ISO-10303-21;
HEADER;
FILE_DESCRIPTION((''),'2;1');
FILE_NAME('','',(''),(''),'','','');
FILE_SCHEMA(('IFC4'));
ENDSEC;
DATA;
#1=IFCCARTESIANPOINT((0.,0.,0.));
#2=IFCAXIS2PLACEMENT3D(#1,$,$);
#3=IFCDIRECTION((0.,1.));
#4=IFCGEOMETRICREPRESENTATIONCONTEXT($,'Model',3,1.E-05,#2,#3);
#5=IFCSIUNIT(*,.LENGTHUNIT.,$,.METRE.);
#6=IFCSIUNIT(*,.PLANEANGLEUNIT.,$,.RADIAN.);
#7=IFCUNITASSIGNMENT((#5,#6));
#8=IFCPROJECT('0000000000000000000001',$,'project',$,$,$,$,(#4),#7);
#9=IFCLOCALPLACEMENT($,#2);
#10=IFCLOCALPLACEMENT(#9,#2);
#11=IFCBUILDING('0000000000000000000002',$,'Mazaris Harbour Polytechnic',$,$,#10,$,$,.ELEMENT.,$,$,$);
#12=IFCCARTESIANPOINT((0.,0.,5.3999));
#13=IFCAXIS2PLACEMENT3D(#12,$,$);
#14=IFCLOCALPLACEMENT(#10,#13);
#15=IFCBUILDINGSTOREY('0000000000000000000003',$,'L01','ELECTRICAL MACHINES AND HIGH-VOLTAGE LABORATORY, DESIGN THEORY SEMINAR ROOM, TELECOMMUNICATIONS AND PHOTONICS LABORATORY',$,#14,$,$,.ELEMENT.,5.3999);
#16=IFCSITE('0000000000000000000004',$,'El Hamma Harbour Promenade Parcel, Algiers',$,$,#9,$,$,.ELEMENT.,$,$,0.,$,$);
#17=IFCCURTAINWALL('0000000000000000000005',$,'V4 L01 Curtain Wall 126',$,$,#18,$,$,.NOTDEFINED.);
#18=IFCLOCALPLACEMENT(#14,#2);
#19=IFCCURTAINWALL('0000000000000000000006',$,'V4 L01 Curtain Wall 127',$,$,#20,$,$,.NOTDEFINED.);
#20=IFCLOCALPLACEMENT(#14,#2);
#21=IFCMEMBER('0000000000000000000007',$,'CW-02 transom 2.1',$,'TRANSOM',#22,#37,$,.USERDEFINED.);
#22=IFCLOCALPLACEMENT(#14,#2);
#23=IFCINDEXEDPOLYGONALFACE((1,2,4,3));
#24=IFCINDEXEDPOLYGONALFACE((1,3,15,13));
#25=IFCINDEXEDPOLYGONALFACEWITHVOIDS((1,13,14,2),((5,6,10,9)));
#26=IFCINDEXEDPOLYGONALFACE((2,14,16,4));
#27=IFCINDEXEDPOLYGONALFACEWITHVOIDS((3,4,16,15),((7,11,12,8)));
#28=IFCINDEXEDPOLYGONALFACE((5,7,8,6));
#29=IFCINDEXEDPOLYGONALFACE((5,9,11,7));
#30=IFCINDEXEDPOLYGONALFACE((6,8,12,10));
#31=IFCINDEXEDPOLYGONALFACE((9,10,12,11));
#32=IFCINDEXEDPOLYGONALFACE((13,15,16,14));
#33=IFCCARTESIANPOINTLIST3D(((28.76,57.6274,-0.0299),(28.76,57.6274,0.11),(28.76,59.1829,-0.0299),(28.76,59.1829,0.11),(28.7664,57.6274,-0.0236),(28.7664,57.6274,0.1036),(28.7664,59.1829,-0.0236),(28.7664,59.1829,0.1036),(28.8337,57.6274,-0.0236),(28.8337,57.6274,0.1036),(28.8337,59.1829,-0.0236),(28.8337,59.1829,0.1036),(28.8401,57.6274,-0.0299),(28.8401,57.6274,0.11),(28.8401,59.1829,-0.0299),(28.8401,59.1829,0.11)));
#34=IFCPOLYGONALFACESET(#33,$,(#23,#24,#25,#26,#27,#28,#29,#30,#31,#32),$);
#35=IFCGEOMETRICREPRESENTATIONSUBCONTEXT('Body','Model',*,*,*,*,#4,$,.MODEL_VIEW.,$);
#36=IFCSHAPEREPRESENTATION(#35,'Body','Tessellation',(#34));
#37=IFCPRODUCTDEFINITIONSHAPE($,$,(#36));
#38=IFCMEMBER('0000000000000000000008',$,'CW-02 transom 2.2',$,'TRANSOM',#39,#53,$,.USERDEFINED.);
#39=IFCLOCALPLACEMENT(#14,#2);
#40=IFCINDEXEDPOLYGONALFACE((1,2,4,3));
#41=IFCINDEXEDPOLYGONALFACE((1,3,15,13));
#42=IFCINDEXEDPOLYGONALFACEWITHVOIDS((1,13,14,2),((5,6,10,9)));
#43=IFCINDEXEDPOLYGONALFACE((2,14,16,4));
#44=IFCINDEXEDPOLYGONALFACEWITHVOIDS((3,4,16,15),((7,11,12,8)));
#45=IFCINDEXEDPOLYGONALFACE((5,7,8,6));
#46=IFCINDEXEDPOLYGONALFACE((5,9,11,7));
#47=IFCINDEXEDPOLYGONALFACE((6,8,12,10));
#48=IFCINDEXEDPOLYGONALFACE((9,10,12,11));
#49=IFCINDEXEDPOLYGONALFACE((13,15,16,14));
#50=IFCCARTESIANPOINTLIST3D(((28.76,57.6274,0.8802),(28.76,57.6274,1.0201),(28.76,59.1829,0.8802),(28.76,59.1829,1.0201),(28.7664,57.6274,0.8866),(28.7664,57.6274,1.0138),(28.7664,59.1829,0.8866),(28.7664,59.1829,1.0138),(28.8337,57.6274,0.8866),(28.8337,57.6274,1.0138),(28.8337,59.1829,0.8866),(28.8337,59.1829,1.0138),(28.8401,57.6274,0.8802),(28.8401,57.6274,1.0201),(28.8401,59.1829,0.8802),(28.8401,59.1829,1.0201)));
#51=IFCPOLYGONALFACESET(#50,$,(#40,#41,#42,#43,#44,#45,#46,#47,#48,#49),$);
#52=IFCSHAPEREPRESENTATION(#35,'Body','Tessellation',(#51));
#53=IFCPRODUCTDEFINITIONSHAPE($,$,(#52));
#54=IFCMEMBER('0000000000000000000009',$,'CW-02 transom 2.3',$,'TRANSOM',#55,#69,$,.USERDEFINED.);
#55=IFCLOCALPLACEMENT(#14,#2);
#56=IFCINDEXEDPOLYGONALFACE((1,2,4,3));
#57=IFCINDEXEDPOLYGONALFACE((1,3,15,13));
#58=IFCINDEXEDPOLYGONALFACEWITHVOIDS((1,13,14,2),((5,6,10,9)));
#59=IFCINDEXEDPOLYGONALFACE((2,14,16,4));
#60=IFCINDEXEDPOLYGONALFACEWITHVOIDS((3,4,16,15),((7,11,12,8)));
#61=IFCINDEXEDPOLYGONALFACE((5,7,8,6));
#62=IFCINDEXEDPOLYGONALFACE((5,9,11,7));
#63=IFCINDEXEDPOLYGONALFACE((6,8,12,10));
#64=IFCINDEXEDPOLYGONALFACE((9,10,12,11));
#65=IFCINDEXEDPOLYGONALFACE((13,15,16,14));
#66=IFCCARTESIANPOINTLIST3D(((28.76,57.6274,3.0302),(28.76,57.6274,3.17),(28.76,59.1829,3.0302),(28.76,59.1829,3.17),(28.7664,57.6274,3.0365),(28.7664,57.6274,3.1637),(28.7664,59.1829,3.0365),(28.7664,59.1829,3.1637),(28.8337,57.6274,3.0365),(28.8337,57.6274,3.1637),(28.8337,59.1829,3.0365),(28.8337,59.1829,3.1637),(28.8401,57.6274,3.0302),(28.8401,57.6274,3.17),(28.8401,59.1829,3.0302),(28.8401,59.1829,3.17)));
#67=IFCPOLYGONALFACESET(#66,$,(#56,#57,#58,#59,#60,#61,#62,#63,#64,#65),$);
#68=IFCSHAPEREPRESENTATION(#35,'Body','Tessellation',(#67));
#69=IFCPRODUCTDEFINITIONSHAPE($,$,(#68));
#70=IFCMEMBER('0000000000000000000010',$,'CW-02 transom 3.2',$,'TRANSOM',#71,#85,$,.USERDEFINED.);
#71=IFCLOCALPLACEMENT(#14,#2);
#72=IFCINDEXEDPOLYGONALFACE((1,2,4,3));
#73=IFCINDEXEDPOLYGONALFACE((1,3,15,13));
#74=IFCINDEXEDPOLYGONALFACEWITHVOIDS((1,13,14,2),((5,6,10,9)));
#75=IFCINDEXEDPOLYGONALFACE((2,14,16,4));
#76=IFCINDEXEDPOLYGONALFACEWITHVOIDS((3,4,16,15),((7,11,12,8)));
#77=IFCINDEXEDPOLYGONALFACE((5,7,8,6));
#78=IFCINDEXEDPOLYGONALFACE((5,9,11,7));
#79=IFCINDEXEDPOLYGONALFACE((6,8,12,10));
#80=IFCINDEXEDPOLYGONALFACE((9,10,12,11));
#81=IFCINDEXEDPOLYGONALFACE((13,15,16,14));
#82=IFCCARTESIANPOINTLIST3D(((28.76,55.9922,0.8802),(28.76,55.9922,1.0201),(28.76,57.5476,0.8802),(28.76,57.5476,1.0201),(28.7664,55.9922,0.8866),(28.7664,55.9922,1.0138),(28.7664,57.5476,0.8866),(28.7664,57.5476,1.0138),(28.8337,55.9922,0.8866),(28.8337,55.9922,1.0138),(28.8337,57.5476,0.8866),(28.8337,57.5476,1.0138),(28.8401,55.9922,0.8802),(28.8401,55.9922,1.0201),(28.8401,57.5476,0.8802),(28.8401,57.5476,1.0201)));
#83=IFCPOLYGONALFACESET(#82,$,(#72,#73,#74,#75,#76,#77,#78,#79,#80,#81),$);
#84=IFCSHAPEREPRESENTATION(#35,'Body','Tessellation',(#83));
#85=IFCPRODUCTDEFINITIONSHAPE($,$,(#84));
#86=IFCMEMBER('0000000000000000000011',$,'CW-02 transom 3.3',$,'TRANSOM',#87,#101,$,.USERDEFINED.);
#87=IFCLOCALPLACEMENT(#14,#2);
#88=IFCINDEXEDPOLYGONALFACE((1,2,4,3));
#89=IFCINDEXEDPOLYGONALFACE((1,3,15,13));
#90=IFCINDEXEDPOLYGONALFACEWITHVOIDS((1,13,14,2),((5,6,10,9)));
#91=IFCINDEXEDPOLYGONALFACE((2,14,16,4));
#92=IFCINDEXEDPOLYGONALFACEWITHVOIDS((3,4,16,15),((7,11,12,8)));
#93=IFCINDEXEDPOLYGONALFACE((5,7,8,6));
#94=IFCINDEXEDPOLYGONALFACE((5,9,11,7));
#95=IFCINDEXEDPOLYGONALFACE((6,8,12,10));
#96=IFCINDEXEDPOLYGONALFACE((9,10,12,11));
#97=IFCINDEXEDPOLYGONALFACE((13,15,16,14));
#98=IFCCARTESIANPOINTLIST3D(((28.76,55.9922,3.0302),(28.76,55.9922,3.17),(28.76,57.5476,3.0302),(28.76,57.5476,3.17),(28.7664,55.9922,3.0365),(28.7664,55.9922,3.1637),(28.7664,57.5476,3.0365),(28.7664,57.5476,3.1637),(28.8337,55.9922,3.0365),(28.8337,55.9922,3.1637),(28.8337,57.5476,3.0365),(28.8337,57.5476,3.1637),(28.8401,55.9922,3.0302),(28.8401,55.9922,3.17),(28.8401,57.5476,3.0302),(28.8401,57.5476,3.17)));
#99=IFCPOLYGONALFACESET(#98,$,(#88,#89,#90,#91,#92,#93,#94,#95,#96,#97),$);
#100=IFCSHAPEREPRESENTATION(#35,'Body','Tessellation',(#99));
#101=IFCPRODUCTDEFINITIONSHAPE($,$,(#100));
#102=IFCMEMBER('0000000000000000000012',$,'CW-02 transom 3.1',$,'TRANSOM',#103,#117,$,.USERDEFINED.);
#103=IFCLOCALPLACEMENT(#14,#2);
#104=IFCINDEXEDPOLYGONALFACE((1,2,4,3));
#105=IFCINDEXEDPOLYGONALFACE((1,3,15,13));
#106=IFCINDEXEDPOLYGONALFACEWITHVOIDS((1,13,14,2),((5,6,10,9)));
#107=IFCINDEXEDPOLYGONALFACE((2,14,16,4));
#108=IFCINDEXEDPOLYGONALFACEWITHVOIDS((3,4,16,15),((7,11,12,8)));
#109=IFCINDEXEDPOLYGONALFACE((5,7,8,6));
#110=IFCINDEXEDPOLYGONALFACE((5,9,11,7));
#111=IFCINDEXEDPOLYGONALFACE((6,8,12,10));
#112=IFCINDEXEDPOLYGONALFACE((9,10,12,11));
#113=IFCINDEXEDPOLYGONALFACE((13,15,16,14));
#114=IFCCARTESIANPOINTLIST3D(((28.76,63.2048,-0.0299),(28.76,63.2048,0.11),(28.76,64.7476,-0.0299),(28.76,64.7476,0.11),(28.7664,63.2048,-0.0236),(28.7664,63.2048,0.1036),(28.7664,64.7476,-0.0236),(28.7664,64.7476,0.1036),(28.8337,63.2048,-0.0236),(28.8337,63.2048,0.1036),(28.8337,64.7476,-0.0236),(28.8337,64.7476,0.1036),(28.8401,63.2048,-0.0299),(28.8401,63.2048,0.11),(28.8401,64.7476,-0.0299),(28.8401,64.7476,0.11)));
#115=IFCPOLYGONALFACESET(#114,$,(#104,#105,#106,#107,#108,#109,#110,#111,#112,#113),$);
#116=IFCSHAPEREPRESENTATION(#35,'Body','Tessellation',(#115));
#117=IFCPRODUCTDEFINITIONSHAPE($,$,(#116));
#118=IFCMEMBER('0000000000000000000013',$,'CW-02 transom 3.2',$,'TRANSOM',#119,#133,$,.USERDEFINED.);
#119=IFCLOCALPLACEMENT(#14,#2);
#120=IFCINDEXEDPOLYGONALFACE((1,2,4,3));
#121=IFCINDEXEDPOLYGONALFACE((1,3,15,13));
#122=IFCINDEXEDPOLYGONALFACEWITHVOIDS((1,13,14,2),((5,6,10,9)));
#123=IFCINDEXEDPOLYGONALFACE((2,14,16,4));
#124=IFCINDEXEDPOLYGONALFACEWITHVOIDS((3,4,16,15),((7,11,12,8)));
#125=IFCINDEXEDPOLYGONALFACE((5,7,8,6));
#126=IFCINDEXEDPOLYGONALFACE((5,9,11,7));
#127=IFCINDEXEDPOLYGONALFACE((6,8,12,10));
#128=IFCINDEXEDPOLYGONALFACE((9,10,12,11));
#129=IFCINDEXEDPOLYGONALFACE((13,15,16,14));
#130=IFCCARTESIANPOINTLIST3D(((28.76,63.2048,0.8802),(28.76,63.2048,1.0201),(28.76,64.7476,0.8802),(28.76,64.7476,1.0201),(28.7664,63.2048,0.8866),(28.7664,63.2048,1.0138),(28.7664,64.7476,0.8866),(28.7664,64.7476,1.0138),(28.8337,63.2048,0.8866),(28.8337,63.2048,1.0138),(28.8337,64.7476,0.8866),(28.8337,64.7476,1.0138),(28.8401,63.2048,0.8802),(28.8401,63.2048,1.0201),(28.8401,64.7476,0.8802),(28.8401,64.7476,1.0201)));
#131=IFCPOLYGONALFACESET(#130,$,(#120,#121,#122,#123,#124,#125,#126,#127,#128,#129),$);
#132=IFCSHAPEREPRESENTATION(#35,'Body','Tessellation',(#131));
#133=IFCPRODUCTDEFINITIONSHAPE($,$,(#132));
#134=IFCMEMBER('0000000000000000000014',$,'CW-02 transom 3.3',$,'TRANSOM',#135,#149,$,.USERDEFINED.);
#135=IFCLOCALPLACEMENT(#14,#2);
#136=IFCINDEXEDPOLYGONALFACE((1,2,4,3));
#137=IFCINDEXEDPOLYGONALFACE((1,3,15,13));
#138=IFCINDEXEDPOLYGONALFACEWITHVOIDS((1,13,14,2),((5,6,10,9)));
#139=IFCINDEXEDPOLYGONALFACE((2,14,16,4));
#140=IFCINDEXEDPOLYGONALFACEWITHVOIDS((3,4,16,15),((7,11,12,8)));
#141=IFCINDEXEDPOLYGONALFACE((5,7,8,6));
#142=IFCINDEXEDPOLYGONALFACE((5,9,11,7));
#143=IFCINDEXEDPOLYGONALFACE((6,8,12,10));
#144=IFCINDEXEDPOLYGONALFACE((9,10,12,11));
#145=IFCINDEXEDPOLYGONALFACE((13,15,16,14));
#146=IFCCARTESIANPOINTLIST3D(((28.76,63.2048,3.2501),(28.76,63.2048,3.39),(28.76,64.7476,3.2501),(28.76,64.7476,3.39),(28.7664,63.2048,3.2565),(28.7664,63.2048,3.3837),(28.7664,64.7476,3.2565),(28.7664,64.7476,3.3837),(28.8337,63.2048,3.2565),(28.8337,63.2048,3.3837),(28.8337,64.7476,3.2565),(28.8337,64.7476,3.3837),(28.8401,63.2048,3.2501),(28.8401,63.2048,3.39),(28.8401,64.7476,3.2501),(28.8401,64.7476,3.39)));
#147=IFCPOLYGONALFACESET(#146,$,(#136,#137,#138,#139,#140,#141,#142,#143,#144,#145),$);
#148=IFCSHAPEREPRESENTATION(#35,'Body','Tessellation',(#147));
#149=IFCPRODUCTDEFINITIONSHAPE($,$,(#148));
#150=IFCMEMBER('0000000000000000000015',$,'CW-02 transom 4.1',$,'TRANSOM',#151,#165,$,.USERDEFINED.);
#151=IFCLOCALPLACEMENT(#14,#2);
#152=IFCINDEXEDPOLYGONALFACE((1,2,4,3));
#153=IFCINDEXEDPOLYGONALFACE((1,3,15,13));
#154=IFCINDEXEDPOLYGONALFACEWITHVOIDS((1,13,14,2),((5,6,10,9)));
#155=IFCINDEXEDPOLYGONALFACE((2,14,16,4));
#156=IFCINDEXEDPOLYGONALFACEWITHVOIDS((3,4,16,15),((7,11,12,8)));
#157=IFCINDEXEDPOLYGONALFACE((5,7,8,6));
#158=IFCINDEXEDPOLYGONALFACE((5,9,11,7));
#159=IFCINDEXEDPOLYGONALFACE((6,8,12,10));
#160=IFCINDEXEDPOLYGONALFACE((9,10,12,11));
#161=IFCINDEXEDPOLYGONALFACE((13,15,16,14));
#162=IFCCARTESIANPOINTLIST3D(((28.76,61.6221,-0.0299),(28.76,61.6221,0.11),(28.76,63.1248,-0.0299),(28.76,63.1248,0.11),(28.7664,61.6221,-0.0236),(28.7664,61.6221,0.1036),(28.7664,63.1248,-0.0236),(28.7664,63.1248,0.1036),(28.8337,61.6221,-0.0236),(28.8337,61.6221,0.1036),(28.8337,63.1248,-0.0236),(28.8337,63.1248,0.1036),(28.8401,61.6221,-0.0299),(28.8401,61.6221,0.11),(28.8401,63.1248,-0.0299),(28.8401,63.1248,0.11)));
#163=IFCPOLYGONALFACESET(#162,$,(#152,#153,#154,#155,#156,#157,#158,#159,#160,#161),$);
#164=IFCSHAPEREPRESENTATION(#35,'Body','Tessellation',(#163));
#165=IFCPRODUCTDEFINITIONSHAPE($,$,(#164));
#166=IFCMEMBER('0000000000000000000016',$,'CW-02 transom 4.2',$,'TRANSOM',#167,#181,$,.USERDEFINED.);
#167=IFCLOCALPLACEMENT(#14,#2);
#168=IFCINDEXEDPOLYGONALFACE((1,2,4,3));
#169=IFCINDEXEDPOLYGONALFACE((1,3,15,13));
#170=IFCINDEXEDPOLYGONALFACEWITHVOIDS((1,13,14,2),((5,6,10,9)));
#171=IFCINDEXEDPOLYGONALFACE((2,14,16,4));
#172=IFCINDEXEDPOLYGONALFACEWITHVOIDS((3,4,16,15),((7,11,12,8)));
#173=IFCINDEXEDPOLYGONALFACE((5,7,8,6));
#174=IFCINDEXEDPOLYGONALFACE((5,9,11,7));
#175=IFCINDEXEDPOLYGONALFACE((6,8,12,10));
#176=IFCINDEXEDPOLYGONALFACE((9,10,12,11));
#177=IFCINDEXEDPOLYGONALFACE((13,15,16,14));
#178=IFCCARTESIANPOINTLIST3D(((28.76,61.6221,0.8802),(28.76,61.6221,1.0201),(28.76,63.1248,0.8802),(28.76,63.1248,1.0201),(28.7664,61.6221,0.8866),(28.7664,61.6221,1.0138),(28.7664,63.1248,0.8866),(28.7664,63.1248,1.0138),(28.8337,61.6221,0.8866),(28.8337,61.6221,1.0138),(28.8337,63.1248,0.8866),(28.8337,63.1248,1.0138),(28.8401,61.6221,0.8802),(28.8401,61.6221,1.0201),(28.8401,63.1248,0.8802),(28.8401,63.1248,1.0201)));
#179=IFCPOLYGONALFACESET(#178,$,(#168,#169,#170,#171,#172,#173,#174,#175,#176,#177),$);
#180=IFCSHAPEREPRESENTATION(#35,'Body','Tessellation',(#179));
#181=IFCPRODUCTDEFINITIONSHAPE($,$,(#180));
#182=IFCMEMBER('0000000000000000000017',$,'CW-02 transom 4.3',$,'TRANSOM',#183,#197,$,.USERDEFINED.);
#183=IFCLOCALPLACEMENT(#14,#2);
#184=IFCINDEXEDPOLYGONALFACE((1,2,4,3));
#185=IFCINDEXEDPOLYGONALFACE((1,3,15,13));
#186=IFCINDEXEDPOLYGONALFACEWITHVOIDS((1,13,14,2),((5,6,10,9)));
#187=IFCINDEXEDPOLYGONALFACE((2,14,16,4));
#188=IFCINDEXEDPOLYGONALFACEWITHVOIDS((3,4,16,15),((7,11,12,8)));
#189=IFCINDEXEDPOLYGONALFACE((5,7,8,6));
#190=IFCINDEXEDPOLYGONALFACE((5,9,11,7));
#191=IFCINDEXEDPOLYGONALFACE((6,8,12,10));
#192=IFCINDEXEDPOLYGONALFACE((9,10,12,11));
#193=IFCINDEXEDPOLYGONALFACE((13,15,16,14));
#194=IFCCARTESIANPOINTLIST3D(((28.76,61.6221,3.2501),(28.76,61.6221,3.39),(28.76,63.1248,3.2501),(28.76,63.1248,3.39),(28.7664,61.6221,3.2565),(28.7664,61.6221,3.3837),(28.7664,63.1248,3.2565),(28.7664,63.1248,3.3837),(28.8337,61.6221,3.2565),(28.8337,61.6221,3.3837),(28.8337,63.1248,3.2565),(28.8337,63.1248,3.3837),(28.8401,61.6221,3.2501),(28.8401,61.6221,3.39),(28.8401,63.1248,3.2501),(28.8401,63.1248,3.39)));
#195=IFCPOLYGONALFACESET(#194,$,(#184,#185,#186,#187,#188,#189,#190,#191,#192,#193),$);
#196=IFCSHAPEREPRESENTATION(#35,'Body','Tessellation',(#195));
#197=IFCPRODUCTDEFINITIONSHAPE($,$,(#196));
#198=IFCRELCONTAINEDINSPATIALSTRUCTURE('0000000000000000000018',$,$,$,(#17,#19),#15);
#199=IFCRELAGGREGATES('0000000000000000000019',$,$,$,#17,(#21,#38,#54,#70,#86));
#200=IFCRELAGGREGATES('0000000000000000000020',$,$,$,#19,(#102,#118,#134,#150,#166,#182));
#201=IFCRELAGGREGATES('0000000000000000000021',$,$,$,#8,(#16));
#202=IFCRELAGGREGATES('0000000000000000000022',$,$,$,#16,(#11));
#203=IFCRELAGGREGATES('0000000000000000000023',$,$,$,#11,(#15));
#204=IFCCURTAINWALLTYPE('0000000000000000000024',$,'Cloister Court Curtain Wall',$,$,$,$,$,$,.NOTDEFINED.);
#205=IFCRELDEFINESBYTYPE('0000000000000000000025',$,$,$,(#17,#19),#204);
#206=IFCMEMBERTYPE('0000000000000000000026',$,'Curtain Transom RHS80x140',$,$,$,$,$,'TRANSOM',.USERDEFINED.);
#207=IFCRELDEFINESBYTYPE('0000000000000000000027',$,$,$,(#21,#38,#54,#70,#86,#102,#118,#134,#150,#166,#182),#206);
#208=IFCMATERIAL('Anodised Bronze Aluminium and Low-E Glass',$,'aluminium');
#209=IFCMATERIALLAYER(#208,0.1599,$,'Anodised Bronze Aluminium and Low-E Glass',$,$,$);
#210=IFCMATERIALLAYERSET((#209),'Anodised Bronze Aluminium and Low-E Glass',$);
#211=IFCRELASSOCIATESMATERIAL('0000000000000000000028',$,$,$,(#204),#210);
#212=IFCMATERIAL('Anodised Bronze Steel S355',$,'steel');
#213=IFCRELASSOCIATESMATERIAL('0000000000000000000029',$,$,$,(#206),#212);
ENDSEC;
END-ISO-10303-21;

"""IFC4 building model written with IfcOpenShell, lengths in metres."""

from ifc_helpers import new_model, si_unit, direction, frame, origin, origin_2d, place, context, subcontext, project, spatial, hollow_rectangle, extrude, material, layer, layer_set, material_profile, profile_set, type_object, element, aggregate, save


model = new_model("IFC4")

# Units and contexts
model_context = context("Model", 3, precision=1e-05, world=origin(), true_north=direction((0.0, 1.0)))
body_context = subcontext(model_context, "Body", "Model", "MODEL_VIEW")
ifc_project = project(units=[si_unit("LENGTHUNIT", "METRE"), si_unit("PLANEANGLEUNIT", "RADIAN")], contexts=[model_context])

# Site, building, storey
site_placement = place(None, origin())
site = spatial("IfcSite", under=ifc_project, at=site_placement, Name="El Hamma Harbour Promenade Parcel, Algiers", CompositionType="ELEMENT", RefElevation=0.0)
building_placement = place(site_placement, origin())
building = spatial("IfcBuilding", under=site, at=building_placement, Name="Mazaris Harbour Polytechnic", CompositionType="ELEMENT")
storey_placement = place(building_placement, frame((0.0, 0.0, 5.3999)))
storey = spatial("IfcBuildingStorey", under=building, at=storey_placement, Name="L01", Description="ELECTRICAL MACHINES AND HIGH-VOLTAGE LABORATORY, DESIGN THEORY SEMINAR ROOM, TELECOMMUNICATIONS AND PHOTONICS LABORATORY", CompositionType="ELEMENT", Elevation=5.3999)

# Curtain walls
ifc_material_1 = material(Name="Anodised Bronze Aluminium and Low-E Glass", Category="aluminium")
ifc_layer_1 = layer(ifc_material_1, 0.1599, Name="Anodised Bronze Aluminium and Low-E Glass")
ifc_layer_set_1 = layer_set([ifc_layer_1], Name="Anodised Bronze Aluminium and Low-E Glass")
curtain_wall_type = type_object("IfcCurtainWallType", Name="Cloister Court Curtain Wall", PredefinedType="NOTDEFINED", material=ifc_layer_set_1)
curtain_wall_1_placement = place(storey_placement, origin())
curtain_wall_1 = element("IfcCurtainWall", 1, at=curtain_wall_1_placement, inside=storey, type_object=curtain_wall_type, Name="V4 L01 Curtain Wall 126", PredefinedType="NOTDEFINED")
curtain_wall_2_placement = place(storey_placement, origin())
curtain_wall_2 = element("IfcCurtainWall", 2, at=curtain_wall_2_placement, inside=storey, type_object=curtain_wall_type, Name="V4 L01 Curtain Wall 127", PredefinedType="NOTDEFINED")

# Members
ifc_material_2 = material(Name="Anodised Bronze Steel S355", Category="steel")
ifc_material_profile_1 = material_profile(ifc_material_2, hollow_rectangle(XDim=0.0801, YDim=0.1399, WallThickness=0.0063, at=origin_2d()), Name="RHS 80x140x6.3")
ifc_profile_set_1 = profile_set([ifc_material_profile_1], Name="Anodised Bronze Steel S355")
member_type_1 = type_object("IfcMemberType", Name="Curtain Transom RHS80x140", ElementType="TRANSOM", PredefinedType="USERDEFINED", material=ifc_profile_set_1)
member_1_placement = place(storey_placement, frame((28.8, 59.1829, 0.04), z_axis=(0.0, -1.0, 0.0), x_axis=(1.0, 0.0, 0.0)))
member_1 = element("IfcMember", 3, at=member_1_placement, type_object=member_type_1, Name="CW-02 transom 2.1", ObjectType="TRANSOM", PredefinedType="USERDEFINED", context=body_context, shape_type="SweptSolid", body=[
    extrude(hollow_rectangle(XDim=0.0801, YDim=0.1399, WallThickness=0.0063, at=origin_2d()), origin(), (0.0, 0.0, 1.0), 1.5554),
])
member_2_placement = place(storey_placement, frame((28.8, 59.1829, 0.9502), z_axis=(0.0, -1.0, 0.0), x_axis=(1.0, 0.0, 0.0)))
member_2 = element("IfcMember", 4, at=member_2_placement, type_object=member_type_1, Name="CW-02 transom 2.2", ObjectType="TRANSOM", PredefinedType="USERDEFINED", context=body_context, shape_type="SweptSolid", body=[
    extrude(hollow_rectangle(XDim=0.0801, YDim=0.1399, WallThickness=0.0063, at=origin_2d()), origin(), (0.0, 0.0, 1.0), 1.5554),
])
member_3_placement = place(storey_placement, frame((28.8, 59.1829, 3.1001), z_axis=(0.0, -1.0, 0.0), x_axis=(1.0, 0.0, 0.0)))
member_3 = element("IfcMember", 5, at=member_3_placement, type_object=member_type_1, Name="CW-02 transom 2.3", ObjectType="TRANSOM", PredefinedType="USERDEFINED", context=body_context, shape_type="SweptSolid", body=[
    extrude(hollow_rectangle(XDim=0.0801, YDim=0.1399, WallThickness=0.0063, at=origin_2d()), origin(), (0.0, 0.0, 1.0), 1.5554),
])
member_4_placement = place(storey_placement, frame((28.8, 57.5476, 0.9502), z_axis=(0.0, -1.0, 0.0), x_axis=(1.0, 0.0, 0.0)))
member_4 = element("IfcMember", 6, at=member_4_placement, type_object=member_type_1, Name="CW-02 transom 3.2", ObjectType="TRANSOM", PredefinedType="USERDEFINED", context=body_context, shape_type="SweptSolid", body=[
    extrude(hollow_rectangle(XDim=0.0801, YDim=0.1399, WallThickness=0.0063, at=origin_2d()), origin(), (0.0, 0.0, 1.0), 1.5554),
])
member_5_placement = place(storey_placement, frame((28.8, 57.5476, 3.1001), z_axis=(0.0, -1.0, 0.0), x_axis=(1.0, 0.0, 0.0)))
member_5 = element("IfcMember", 7, at=member_5_placement, type_object=member_type_1, Name="CW-02 transom 3.3", ObjectType="TRANSOM", PredefinedType="USERDEFINED", context=body_context, shape_type="SweptSolid", body=[
    extrude(hollow_rectangle(XDim=0.0801, YDim=0.1399, WallThickness=0.0063, at=origin_2d()), origin(), (0.0, 0.0, 1.0), 1.5554),
])
member_6_placement = place(storey_placement, frame((28.8, 64.7476, 0.04), z_axis=(0.0, -1.0, 0.0), x_axis=(1.0, 0.0, 0.0)))
member_6 = element("IfcMember", 8, at=member_6_placement, type_object=member_type_1, Name="CW-02 transom 3.1", ObjectType="TRANSOM", PredefinedType="USERDEFINED", context=body_context, shape_type="SweptSolid", body=[
    extrude(hollow_rectangle(XDim=0.0801, YDim=0.1399, WallThickness=0.0063, at=origin_2d()), origin(), (0.0, 0.0, 1.0), 1.5427),
])
member_7_placement = place(storey_placement, frame((28.8, 64.7476, 0.9502), z_axis=(0.0, -1.0, 0.0), x_axis=(1.0, 0.0, 0.0)))
member_7 = element("IfcMember", 9, at=member_7_placement, type_object=member_type_1, Name="CW-02 transom 3.2", ObjectType="TRANSOM", PredefinedType="USERDEFINED", context=body_context, shape_type="SweptSolid", body=[
    extrude(hollow_rectangle(XDim=0.0801, YDim=0.1399, WallThickness=0.0063, at=origin_2d()), origin(), (0.0, 0.0, 1.0), 1.5427),
])
member_8_placement = place(storey_placement, frame((28.8, 64.7476, 3.3201), z_axis=(0.0, -1.0, 0.0), x_axis=(1.0, 0.0, 0.0)))
member_8 = element("IfcMember", 10, at=member_8_placement, type_object=member_type_1, Name="CW-02 transom 3.3", ObjectType="TRANSOM", PredefinedType="USERDEFINED", context=body_context, shape_type="SweptSolid", body=[
    extrude(hollow_rectangle(XDim=0.0801, YDim=0.1399, WallThickness=0.0063, at=origin_2d()), origin(), (0.0, 0.0, 1.0), 1.5427),
])
member_9_placement = place(storey_placement, frame((28.8, 63.1248, 0.04), z_axis=(0.0, -1.0, 0.0), x_axis=(1.0, 0.0, 0.0)))
member_9 = element("IfcMember", 11, at=member_9_placement, type_object=member_type_1, Name="CW-02 transom 4.1", ObjectType="TRANSOM", PredefinedType="USERDEFINED", context=body_context, shape_type="SweptSolid", body=[
    extrude(hollow_rectangle(XDim=0.0801, YDim=0.1399, WallThickness=0.0063, at=origin_2d()), origin(), (0.0, 0.0, 1.0), 1.5027),
])
member_10_placement = place(storey_placement, frame((28.8, 63.1248, 0.9502), z_axis=(0.0, -1.0, 0.0), x_axis=(1.0, 0.0, 0.0)))
member_10 = element("IfcMember", 12, at=member_10_placement, type_object=member_type_1, Name="CW-02 transom 4.2", ObjectType="TRANSOM", PredefinedType="USERDEFINED", context=body_context, shape_type="SweptSolid", body=[
    extrude(hollow_rectangle(XDim=0.0801, YDim=0.1399, WallThickness=0.0063, at=origin_2d()), origin(), (0.0, 0.0, 1.0), 1.5027),
])
member_11_placement = place(storey_placement, frame((28.8, 63.1248, 3.3201), z_axis=(0.0, -1.0, 0.0), x_axis=(1.0, 0.0, 0.0)))
member_11 = element("IfcMember", 13, at=member_11_placement, type_object=member_type_1, Name="CW-02 transom 4.3", ObjectType="TRANSOM", PredefinedType="USERDEFINED", context=body_context, shape_type="SweptSolid", body=[
    extrude(hollow_rectangle(XDim=0.0801, YDim=0.1399, WallThickness=0.0063, at=origin_2d()), origin(), (0.0, 0.0, 1.0), 1.5027),
])

aggregate(curtain_wall_1, [member_1, member_2, member_3, member_4, member_5])
aggregate(curtain_wall_2, [member_6, member_7, member_8, member_9, member_10, member_11])

save(model, "model.ifc")
